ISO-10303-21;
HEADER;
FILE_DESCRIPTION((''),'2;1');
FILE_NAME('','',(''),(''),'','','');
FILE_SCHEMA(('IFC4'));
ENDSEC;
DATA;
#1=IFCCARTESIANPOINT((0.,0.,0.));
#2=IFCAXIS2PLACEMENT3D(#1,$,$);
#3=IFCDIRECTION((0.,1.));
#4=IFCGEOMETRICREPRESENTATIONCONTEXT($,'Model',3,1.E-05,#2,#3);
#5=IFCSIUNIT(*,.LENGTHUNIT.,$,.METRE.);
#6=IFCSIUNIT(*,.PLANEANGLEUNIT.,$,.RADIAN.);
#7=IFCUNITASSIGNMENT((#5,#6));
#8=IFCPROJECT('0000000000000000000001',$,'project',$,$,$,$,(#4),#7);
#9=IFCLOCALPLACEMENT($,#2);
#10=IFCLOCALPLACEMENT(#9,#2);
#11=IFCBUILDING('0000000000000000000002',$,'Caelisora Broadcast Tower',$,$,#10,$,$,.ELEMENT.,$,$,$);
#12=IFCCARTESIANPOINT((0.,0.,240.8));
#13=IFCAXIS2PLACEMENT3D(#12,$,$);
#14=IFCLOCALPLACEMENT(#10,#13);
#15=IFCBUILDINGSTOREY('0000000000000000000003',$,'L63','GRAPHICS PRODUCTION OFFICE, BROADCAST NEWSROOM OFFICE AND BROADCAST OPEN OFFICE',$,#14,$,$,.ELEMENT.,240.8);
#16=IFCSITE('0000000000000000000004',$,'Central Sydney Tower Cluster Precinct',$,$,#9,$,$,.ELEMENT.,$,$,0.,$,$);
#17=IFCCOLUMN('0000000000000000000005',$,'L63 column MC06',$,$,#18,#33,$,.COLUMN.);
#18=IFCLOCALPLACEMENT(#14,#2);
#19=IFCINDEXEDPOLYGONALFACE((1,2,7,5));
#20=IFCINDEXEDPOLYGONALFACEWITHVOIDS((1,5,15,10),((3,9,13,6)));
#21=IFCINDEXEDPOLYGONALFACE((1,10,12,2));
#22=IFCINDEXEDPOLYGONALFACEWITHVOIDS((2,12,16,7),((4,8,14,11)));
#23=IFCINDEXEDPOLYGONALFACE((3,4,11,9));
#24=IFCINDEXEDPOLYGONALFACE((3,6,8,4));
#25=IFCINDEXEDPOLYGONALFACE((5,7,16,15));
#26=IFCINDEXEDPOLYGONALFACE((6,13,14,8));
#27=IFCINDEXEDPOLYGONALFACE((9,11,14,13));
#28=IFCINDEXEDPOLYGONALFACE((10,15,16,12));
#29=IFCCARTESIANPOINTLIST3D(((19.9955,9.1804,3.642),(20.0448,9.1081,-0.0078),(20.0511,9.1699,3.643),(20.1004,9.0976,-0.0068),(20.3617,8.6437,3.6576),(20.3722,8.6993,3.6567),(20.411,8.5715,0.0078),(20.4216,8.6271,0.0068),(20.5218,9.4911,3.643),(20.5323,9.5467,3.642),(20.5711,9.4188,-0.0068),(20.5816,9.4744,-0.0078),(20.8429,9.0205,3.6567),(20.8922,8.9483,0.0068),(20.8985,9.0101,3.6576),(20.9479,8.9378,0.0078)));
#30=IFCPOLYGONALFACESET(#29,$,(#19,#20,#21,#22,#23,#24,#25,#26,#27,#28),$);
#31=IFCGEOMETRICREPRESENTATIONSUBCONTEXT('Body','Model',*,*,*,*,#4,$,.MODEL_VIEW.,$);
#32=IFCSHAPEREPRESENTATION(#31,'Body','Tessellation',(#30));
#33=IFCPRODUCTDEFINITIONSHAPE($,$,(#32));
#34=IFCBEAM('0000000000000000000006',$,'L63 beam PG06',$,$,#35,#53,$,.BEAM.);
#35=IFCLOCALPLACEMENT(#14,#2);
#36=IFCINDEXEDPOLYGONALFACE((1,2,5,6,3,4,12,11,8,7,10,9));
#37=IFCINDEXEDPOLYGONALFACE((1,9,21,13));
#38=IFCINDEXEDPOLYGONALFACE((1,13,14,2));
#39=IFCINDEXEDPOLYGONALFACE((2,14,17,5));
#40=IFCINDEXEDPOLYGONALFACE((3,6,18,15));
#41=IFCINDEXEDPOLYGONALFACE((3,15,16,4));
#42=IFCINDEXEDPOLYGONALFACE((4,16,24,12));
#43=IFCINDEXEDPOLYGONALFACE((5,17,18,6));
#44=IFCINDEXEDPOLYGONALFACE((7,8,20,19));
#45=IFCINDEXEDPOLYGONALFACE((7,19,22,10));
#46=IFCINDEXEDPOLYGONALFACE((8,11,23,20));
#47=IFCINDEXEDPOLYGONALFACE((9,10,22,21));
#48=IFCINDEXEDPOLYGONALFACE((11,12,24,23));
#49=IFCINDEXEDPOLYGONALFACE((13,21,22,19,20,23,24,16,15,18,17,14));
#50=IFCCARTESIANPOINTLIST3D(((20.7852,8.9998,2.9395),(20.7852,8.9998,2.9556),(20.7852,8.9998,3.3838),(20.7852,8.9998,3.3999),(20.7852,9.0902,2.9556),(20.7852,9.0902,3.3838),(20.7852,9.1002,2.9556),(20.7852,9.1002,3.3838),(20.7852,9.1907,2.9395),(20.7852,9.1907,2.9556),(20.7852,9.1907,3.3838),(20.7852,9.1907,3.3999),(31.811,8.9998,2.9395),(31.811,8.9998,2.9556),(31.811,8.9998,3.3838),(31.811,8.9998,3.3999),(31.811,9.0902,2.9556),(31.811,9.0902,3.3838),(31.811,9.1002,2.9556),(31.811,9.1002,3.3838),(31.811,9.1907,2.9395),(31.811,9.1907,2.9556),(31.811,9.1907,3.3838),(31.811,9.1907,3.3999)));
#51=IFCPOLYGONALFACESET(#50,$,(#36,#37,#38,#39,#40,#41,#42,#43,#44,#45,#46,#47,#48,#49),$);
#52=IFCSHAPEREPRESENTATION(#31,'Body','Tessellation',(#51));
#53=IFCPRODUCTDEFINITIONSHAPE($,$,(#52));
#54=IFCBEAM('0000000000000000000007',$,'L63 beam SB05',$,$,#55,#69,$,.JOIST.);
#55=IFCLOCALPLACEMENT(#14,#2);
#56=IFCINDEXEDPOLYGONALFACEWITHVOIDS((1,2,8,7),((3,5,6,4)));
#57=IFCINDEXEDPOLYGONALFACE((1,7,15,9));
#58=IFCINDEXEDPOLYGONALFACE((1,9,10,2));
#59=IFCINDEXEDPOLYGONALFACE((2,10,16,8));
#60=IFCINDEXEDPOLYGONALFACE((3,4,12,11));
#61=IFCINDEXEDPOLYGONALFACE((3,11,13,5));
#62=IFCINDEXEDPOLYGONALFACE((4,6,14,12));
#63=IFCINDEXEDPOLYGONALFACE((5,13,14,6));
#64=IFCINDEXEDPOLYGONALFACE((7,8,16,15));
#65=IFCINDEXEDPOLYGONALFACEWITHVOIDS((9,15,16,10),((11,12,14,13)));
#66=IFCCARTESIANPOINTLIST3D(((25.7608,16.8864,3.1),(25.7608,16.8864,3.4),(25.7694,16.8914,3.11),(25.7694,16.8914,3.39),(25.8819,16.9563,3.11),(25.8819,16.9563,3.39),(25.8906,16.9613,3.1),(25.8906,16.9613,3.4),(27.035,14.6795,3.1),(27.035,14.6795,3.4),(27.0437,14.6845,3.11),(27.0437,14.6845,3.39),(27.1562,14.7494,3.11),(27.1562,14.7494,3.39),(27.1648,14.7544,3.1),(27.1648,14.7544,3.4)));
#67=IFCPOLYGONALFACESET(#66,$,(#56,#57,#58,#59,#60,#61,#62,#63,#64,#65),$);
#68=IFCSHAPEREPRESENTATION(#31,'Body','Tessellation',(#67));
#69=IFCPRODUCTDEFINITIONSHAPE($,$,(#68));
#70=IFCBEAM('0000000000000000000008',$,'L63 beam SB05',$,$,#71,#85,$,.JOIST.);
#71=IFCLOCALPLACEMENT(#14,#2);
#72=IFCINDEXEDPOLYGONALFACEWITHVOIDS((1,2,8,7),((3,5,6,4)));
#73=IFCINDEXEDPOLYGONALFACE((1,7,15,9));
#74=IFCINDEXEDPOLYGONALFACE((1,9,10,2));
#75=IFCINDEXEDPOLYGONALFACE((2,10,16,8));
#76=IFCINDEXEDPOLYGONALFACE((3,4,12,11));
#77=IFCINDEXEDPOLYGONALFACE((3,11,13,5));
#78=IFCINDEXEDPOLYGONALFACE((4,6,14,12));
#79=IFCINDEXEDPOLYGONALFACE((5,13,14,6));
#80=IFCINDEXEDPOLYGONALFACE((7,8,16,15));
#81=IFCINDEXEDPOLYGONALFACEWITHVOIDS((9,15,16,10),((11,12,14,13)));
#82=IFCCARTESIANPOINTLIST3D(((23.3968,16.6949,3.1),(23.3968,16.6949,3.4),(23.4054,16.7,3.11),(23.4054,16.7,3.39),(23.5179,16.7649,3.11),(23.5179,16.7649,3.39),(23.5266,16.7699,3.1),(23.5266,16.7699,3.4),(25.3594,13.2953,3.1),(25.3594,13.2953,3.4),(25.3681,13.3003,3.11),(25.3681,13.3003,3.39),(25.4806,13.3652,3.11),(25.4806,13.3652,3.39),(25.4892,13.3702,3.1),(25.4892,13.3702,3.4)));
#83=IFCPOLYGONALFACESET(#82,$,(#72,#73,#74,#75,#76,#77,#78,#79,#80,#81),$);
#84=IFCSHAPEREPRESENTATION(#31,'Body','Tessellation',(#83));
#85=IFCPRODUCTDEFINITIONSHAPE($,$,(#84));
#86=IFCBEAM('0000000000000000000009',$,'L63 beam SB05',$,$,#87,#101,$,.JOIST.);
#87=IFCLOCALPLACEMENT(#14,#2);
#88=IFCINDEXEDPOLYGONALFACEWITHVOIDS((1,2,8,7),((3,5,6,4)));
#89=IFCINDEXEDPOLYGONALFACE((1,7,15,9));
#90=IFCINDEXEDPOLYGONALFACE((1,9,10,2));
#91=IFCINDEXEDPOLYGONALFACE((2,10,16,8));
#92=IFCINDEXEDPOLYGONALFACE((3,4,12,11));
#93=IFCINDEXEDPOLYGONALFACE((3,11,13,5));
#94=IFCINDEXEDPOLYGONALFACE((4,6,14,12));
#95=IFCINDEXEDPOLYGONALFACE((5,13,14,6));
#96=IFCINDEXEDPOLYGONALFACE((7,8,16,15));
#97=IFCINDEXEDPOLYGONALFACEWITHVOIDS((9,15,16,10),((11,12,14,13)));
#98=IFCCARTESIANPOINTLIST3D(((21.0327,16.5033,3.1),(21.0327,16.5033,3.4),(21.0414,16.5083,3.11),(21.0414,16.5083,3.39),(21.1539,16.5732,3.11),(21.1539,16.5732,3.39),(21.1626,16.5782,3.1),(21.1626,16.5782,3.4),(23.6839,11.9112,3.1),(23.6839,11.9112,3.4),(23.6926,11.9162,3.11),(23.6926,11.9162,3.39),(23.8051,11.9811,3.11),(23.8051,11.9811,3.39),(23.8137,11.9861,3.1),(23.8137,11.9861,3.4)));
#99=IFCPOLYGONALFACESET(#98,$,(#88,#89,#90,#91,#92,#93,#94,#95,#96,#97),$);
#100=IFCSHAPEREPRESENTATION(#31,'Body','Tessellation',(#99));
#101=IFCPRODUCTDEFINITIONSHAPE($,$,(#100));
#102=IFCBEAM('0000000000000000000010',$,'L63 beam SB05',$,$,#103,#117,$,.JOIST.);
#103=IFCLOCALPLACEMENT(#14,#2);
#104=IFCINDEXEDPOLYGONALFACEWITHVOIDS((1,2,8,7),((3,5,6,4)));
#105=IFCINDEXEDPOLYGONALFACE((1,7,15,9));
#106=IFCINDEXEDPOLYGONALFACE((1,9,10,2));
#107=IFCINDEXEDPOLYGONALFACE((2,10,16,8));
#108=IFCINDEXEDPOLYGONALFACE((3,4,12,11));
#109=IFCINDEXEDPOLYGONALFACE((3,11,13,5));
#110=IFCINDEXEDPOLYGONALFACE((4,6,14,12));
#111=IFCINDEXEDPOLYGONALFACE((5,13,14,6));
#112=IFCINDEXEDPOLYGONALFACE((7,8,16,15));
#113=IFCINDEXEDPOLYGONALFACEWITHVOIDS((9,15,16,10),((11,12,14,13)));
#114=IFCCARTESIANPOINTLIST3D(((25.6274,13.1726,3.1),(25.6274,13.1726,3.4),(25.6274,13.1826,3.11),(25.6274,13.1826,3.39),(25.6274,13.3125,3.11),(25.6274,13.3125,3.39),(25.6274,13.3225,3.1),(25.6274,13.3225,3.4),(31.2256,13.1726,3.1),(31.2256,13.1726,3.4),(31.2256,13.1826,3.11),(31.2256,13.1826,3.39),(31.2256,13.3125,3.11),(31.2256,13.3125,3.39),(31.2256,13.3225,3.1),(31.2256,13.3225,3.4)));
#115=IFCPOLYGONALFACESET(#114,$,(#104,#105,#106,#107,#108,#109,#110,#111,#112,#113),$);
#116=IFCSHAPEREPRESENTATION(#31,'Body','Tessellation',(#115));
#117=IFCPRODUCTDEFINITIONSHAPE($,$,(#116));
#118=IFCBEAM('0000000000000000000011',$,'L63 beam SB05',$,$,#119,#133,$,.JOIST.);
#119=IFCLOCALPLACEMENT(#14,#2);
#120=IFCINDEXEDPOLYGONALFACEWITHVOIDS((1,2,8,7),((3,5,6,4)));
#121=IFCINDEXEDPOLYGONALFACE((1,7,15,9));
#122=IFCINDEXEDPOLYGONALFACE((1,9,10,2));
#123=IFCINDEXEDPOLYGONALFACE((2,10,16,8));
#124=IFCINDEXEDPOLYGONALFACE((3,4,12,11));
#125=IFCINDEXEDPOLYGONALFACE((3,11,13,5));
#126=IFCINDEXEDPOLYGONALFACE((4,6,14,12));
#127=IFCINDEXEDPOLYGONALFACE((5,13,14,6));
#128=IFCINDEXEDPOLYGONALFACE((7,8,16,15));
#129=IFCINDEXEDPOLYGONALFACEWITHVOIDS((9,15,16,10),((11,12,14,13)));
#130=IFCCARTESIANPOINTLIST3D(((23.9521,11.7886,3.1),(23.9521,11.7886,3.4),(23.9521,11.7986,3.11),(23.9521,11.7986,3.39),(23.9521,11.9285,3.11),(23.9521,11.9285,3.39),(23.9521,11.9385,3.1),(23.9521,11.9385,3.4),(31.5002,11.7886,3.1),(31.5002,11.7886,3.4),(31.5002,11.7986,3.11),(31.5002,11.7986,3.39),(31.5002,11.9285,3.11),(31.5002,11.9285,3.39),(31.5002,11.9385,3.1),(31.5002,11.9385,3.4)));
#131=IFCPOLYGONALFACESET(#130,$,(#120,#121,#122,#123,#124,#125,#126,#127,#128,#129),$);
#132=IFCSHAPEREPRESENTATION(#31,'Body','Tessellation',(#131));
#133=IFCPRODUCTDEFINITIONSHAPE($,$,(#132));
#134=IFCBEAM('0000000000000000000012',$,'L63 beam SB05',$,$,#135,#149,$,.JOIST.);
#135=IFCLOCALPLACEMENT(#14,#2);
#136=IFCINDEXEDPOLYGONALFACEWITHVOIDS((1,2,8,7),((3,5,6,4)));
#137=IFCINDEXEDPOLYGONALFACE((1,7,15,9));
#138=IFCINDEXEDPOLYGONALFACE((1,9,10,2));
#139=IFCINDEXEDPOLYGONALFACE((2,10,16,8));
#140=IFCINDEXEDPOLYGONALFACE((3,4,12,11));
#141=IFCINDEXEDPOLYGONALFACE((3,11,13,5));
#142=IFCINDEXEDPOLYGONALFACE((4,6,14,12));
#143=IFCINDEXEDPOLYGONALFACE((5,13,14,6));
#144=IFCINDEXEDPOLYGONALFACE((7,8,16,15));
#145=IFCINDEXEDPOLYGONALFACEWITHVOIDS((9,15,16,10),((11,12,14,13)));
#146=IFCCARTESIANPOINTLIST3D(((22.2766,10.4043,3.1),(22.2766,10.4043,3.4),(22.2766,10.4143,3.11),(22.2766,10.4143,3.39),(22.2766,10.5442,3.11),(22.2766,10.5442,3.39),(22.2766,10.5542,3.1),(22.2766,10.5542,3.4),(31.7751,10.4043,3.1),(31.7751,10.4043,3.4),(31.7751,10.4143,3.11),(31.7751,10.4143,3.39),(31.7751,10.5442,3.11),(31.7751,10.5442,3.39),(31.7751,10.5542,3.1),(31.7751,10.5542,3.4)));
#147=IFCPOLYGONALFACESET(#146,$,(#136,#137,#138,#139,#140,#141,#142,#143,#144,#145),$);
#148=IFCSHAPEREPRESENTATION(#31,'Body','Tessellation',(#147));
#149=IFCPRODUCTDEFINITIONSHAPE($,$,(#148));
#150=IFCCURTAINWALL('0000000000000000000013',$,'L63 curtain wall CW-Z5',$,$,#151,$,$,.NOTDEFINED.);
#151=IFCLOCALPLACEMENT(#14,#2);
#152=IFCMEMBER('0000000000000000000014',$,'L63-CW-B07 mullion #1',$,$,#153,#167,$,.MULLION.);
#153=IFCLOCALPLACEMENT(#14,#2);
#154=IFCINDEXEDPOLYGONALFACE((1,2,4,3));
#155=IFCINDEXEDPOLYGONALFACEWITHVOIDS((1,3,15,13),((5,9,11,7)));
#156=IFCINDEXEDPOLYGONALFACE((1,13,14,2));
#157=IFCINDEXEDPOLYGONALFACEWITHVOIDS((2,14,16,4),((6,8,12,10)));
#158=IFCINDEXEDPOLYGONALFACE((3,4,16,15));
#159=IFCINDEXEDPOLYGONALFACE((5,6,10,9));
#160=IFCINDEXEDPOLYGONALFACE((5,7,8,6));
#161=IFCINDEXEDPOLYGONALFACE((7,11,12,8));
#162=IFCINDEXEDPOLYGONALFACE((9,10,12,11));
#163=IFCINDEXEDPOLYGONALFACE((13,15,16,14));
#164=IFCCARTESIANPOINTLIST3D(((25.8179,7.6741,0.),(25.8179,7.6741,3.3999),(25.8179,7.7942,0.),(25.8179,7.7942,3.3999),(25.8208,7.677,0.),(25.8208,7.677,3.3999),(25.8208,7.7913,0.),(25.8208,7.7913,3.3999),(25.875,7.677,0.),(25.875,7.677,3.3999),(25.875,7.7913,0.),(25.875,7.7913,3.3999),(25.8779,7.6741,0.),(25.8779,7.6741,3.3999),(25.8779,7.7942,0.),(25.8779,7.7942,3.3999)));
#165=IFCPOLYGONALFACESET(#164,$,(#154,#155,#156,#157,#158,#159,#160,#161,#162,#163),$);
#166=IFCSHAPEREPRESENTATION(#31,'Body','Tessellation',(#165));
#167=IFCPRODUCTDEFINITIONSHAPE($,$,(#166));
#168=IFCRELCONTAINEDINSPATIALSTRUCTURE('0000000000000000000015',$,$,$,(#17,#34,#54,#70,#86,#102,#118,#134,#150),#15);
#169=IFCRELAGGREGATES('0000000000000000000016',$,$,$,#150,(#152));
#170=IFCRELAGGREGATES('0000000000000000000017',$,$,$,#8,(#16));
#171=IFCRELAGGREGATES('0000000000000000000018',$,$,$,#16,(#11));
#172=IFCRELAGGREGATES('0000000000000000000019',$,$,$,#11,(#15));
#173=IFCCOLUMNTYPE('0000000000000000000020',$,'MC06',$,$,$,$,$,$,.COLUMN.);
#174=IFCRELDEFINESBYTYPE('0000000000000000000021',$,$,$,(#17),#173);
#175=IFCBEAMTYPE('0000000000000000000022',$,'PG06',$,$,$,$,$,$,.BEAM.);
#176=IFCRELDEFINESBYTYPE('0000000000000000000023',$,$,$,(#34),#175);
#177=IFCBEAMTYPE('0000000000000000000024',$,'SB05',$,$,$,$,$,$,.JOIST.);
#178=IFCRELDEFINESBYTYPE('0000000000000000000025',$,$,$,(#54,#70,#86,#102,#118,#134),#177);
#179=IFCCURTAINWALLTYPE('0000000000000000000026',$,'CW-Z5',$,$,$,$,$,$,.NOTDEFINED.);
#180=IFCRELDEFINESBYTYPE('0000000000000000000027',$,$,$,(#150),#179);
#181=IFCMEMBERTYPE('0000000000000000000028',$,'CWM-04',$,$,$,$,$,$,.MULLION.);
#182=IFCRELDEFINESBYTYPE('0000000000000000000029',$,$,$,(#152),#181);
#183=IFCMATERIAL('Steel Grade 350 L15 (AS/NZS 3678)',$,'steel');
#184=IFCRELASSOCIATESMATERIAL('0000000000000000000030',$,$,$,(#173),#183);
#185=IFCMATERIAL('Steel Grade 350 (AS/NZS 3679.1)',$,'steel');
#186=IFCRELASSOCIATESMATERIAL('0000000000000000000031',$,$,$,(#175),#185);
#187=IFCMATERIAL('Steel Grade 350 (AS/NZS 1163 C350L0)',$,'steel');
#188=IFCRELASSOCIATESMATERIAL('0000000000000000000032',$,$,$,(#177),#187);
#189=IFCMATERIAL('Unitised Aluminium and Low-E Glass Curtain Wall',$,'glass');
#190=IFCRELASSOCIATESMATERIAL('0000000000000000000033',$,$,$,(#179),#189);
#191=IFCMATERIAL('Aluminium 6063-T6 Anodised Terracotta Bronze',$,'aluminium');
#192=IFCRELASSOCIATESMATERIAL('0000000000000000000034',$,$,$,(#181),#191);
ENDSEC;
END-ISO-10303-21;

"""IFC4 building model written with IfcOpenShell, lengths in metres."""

from ifc_helpers import new_model, si_unit, direction, frame, origin, origin_2d, place, context, subcontext, project, spatial, hollow_rectangle, i_section, extrude, source, transform, mapped, material, material_profile, profile_set, type_object, type_shapes, element, aggregate, save


model = new_model("IFC4")

# Units and contexts
model_context = context("Model", 3, precision=1e-05, world=origin(), true_north=direction((0.0, 1.0)))
body_context = subcontext(model_context, "Body", "Model", "MODEL_VIEW")
ifc_project = project(units=[si_unit("LENGTHUNIT", "METRE"), si_unit("PLANEANGLEUNIT", "RADIAN")], contexts=[model_context])

# Site, building, storey
site_placement = place(None, origin())
site = spatial("IfcSite", under=ifc_project, at=site_placement, Name="Central Sydney Tower Cluster Precinct", CompositionType="ELEMENT", RefElevation=0.0)
building_placement = place(site_placement, origin())
building = spatial("IfcBuilding", under=site, at=building_placement, Name="Caelisora Broadcast Tower", CompositionType="ELEMENT")
storey_placement = place(building_placement, frame((0.0, 0.0, 240.8)))
storey = spatial("IfcBuildingStorey", under=building, at=storey_placement, Name="L63", Description="GRAPHICS PRODUCTION OFFICE, BROADCAST NEWSROOM OFFICE AND BROADCAST OPEN OFFICE", CompositionType="ELEMENT", Elevation=240.8)

# Column
ifc_material_1 = material(Name="Steel Grade 350 L15 (AS/NZS 3678)", Category="steel")
ifc_material_profile_1 = material_profile(ifc_material_1, hollow_rectangle(XDim=0.6499, YDim=0.6499, WallThickness=0.04, at=origin_2d()), Name="Steel Grade 350 L15 (AS/NZS 3678)")
ifc_profile_set_1 = profile_set([ifc_material_profile_1], Name="Steel Grade 350 L15 (AS/NZS 3678)")
column_type = type_object("IfcColumnType", Name="MC06", PredefinedType="COLUMN", material=ifc_profile_set_1)
shared_shape_1 = source(origin(), body_context, "Body", "SweptSolid", [
    extrude(hollow_rectangle(XDim=0.6499, YDim=0.6499, WallThickness=0.04, at=origin_2d()), origin(), (0.0, 0.0, 1.0), 3.6509),
])
type_shapes(column_type, [shared_shape_1])
column_placement = place(storey_placement, frame((20.4963, 9.0229, 0.0), z_axis=(-0.013508, 0.019794, 0.999713), x_axis=(-0.825991, -0.563683, 0.0)))
element("IfcColumn", 1, at=column_placement, inside=storey, type_object=column_type, Name="L63 column MC06", PredefinedType="COLUMN", context=body_context, shape_type="MappedRepresentation", body=[
    mapped(shared_shape_1, transform((0.0, 0.0, 0.0), scale=1.0)),
])

# Beams
ifc_material_2 = material(Name="Steel Grade 350 (AS/NZS 3679.1)", Category="steel")
ifc_material_profile_2 = material_profile(ifc_material_2, i_section(OverallWidth=0.1909, OverallDepth=0.4604, WebThickness=0.01, FlangeThickness=0.0161, at=origin_2d()), Name="Steel Grade 350 (AS/NZS 3679.1)")
ifc_profile_set_2 = profile_set([ifc_material_profile_2], Name="Steel Grade 350 (AS/NZS 3679.1)")
beam_type_1 = type_object("IfcBeamType", Name="PG06", PredefinedType="BEAM", material=ifc_profile_set_2)
shared_shape_2 = source(origin(), body_context, "Body", "SweptSolid", [
    extrude(i_section(OverallWidth=0.1909, OverallDepth=0.4604, WebThickness=0.01, FlangeThickness=0.0161, at=origin_2d()), origin(), (0.0, 0.0, 1.0), 11.0259),
])
type_shapes(beam_type_1, [shared_shape_2])
beam_1_placement = place(storey_placement, frame((20.7852, 9.0952, 3.1697), z_axis=(1.0, 0.0, 0.0), x_axis=(0.0, 1.0, 0.0)))
element("IfcBeam", 2, at=beam_1_placement, inside=storey, type_object=beam_type_1, Name="L63 beam PG06", PredefinedType="BEAM", context=body_context, shape_type="MappedRepresentation", body=[
    mapped(shared_shape_2, transform((0.0, 0.0, 0.0), scale=1.0)),
])
ifc_material_3 = material(Name="Steel Grade 350 (AS/NZS 1163 C350L0)", Category="steel")
ifc_material_profile_3 = material_profile(ifc_material_3, hollow_rectangle(XDim=0.1499, YDim=0.3, WallThickness=0.01, at=origin_2d()), Name="Steel Grade 350 (AS/NZS 1163 C350L0)")
ifc_profile_set_3 = profile_set([ifc_material_profile_3], Name="Steel Grade 350 (AS/NZS 1163 C350L0)")
beam_type_2 = type_object("IfcBeamType", Name="SB05", PredefinedType="JOIST", material=ifc_profile_set_3)
shared_shape_3 = source(origin(), body_context, "Body", "SweptSolid", [
    extrude(hollow_rectangle(XDim=0.1499, YDim=0.3, WallThickness=0.01, at=origin_2d()), origin(), (0.0, 0.0, 1.0), 2.5483),
])
beam_2_placement = place(storey_placement, frame((25.8257, 16.9238, 3.25), z_axis=(0.500024, -0.866012, 0.0), x_axis=(0.866012, 0.500024, 0.0)))
element("IfcBeam", 3, at=beam_2_placement, inside=storey, type_object=beam_type_2, Name="L63 beam SB05", PredefinedType="JOIST", context=body_context, shape_type="MappedRepresentation", body=[
    mapped(shared_shape_3, transform((0.0, 0.0, 0.0), scale=1.0)),
])
shared_shape_4 = source(origin(), body_context, "Body", "SweptSolid", [
    extrude(hollow_rectangle(XDim=0.1499, YDim=0.3, WallThickness=0.01, at=origin_2d()), origin(), (0.0, 0.0, 1.0), 3.9255),
])
beam_3_placement = place(storey_placement, frame((23.4617, 16.7324, 3.25), z_axis=(0.499972, -0.866042, 0.0), x_axis=(0.866042, 0.499972, 0.0)))
element("IfcBeam", 4, at=beam_3_placement, inside=storey, type_object=beam_type_2, Name="L63 beam SB05", PredefinedType="JOIST", context=body_context, shape_type="MappedRepresentation", body=[
    mapped(shared_shape_4, transform((0.0, 0.0, 0.0), scale=1.0)),
])
shared_shape_5 = source(origin(), body_context, "Body", "SweptSolid", [
    extrude(hollow_rectangle(XDim=0.1499, YDim=0.3, WallThickness=0.01, at=origin_2d()), origin(), (0.0, 0.0, 1.0), 5.3025),
])
beam_4_placement = place(storey_placement, frame((21.0977, 16.5408, 3.25), z_axis=(0.499987, -0.866033, 0.0), x_axis=(0.866033, 0.499987, 0.0)))
element("IfcBeam", 5, at=beam_4_placement, inside=storey, type_object=beam_type_2, Name="L63 beam SB05", PredefinedType="JOIST", context=body_context, shape_type="MappedRepresentation", body=[
    mapped(shared_shape_5, transform((0.0, 0.0, 0.0), scale=1.0)),
])
shared_shape_6 = source(origin(), body_context, "Body", "SweptSolid", [
    extrude(hollow_rectangle(XDim=0.1499, YDim=0.3, WallThickness=0.01, at=origin_2d()), origin(), (0.0, 0.0, 1.0), 5.5981),
])
beam_5_placement = place(storey_placement, frame((25.6274, 13.2476, 3.25), z_axis=(1.0, 0.0, 0.0), x_axis=(0.0, 1.0, 0.0)))
element("IfcBeam", 6, at=beam_5_placement, inside=storey, type_object=beam_type_2, Name="L63 beam SB05", PredefinedType="JOIST", context=body_context, shape_type="MappedRepresentation", body=[
    mapped(shared_shape_6, transform((0.0, 0.0, 0.0), scale=1.0)),
])
shared_shape_7 = source(origin(), body_context, "Body", "SweptSolid", [
    extrude(hollow_rectangle(XDim=0.1499, YDim=0.3, WallThickness=0.01, at=origin_2d()), origin(), (0.0, 0.0, 1.0), 7.5481),
])
beam_6_placement = place(storey_placement, frame((23.9521, 11.8635, 3.25), z_axis=(1.0, 0.0, 0.0), x_axis=(0.0, 1.0, 0.0)))
element("IfcBeam", 7, at=beam_6_placement, inside=storey, type_object=beam_type_2, Name="L63 beam SB05", PredefinedType="JOIST", context=body_context, shape_type="MappedRepresentation", body=[
    mapped(shared_shape_7, transform((0.0, 0.0, 0.0), scale=1.0)),
])
shared_shape_8 = source(origin(), body_context, "Body", "SweptSolid", [
    extrude(hollow_rectangle(XDim=0.1499, YDim=0.3, WallThickness=0.01, at=origin_2d()), origin(), (0.0, 0.0, 1.0), 9.4985),
])
type_shapes(beam_type_2, [shared_shape_3, shared_shape_4, shared_shape_5, shared_shape_6, shared_shape_7, shared_shape_8])
beam_7_placement = place(storey_placement, frame((22.2766, 10.4792, 3.25), z_axis=(1.0, 0.0, 0.0), x_axis=(0.0, 1.0, 0.0)))
element("IfcBeam", 8, at=beam_7_placement, inside=storey, type_object=beam_type_2, Name="L63 beam SB05", PredefinedType="JOIST", context=body_context, shape_type="MappedRepresentation", body=[
    mapped(shared_shape_8, transform((0.0, 0.0, 0.0), scale=1.0)),
])

# Curtain wall, member
ifc_material_4 = material(Name="Unitised Aluminium and Low-E Glass Curtain Wall", Category="glass")
curtain_wall_type = type_object("IfcCurtainWallType", Name="CW-Z5", PredefinedType="NOTDEFINED", material=ifc_material_4)
curtain_wall_placement = place(storey_placement, origin())
curtain_wall = element("IfcCurtainWall", 9, at=curtain_wall_placement, inside=storey, type_object=curtain_wall_type, Name="L63 curtain wall CW-Z5", PredefinedType="NOTDEFINED")
ifc_material_5 = material(Name="Aluminium 6063-T6 Anodised Terracotta Bronze", Category="aluminium")
ifc_material_profile_4 = material_profile(ifc_material_5, hollow_rectangle(XDim=0.0601, YDim=0.1201, WallThickness=0.0029, at=origin_2d()), Name="Aluminium 6063-T6 Anodised Terracotta Bronze")
ifc_profile_set_4 = profile_set([ifc_material_profile_4], Name="Aluminium 6063-T6 Anodised Terracotta Bronze")
member_type = type_object("IfcMemberType", Name="CWM-04", PredefinedType="MULLION", material=ifc_profile_set_4)
shared_shape_9 = source(origin(), body_context, "Body", "SweptSolid", [
    extrude(hollow_rectangle(XDim=0.0601, YDim=0.1201, WallThickness=0.0029, at=origin_2d()), origin(), (0.0, 0.0, 1.0), 3.3999),
])
type_shapes(member_type, [shared_shape_9])
member_placement = place(storey_placement, frame((25.8479, 7.7341, 0.0), z_axis=(0.0, 0.0, 1.0), x_axis=(1.0, 0.0, 0.0)))
member = element("IfcMember", 10, at=member_placement, type_object=member_type, Name="L63-CW-B07 mullion #1", PredefinedType="MULLION", context=body_context, shape_type="MappedRepresentation", body=[
    mapped(shared_shape_9, transform((0.0, 0.0, 0.0), scale=1.0)),
])

aggregate(curtain_wall, [member])

save(model, "model.ifc")
